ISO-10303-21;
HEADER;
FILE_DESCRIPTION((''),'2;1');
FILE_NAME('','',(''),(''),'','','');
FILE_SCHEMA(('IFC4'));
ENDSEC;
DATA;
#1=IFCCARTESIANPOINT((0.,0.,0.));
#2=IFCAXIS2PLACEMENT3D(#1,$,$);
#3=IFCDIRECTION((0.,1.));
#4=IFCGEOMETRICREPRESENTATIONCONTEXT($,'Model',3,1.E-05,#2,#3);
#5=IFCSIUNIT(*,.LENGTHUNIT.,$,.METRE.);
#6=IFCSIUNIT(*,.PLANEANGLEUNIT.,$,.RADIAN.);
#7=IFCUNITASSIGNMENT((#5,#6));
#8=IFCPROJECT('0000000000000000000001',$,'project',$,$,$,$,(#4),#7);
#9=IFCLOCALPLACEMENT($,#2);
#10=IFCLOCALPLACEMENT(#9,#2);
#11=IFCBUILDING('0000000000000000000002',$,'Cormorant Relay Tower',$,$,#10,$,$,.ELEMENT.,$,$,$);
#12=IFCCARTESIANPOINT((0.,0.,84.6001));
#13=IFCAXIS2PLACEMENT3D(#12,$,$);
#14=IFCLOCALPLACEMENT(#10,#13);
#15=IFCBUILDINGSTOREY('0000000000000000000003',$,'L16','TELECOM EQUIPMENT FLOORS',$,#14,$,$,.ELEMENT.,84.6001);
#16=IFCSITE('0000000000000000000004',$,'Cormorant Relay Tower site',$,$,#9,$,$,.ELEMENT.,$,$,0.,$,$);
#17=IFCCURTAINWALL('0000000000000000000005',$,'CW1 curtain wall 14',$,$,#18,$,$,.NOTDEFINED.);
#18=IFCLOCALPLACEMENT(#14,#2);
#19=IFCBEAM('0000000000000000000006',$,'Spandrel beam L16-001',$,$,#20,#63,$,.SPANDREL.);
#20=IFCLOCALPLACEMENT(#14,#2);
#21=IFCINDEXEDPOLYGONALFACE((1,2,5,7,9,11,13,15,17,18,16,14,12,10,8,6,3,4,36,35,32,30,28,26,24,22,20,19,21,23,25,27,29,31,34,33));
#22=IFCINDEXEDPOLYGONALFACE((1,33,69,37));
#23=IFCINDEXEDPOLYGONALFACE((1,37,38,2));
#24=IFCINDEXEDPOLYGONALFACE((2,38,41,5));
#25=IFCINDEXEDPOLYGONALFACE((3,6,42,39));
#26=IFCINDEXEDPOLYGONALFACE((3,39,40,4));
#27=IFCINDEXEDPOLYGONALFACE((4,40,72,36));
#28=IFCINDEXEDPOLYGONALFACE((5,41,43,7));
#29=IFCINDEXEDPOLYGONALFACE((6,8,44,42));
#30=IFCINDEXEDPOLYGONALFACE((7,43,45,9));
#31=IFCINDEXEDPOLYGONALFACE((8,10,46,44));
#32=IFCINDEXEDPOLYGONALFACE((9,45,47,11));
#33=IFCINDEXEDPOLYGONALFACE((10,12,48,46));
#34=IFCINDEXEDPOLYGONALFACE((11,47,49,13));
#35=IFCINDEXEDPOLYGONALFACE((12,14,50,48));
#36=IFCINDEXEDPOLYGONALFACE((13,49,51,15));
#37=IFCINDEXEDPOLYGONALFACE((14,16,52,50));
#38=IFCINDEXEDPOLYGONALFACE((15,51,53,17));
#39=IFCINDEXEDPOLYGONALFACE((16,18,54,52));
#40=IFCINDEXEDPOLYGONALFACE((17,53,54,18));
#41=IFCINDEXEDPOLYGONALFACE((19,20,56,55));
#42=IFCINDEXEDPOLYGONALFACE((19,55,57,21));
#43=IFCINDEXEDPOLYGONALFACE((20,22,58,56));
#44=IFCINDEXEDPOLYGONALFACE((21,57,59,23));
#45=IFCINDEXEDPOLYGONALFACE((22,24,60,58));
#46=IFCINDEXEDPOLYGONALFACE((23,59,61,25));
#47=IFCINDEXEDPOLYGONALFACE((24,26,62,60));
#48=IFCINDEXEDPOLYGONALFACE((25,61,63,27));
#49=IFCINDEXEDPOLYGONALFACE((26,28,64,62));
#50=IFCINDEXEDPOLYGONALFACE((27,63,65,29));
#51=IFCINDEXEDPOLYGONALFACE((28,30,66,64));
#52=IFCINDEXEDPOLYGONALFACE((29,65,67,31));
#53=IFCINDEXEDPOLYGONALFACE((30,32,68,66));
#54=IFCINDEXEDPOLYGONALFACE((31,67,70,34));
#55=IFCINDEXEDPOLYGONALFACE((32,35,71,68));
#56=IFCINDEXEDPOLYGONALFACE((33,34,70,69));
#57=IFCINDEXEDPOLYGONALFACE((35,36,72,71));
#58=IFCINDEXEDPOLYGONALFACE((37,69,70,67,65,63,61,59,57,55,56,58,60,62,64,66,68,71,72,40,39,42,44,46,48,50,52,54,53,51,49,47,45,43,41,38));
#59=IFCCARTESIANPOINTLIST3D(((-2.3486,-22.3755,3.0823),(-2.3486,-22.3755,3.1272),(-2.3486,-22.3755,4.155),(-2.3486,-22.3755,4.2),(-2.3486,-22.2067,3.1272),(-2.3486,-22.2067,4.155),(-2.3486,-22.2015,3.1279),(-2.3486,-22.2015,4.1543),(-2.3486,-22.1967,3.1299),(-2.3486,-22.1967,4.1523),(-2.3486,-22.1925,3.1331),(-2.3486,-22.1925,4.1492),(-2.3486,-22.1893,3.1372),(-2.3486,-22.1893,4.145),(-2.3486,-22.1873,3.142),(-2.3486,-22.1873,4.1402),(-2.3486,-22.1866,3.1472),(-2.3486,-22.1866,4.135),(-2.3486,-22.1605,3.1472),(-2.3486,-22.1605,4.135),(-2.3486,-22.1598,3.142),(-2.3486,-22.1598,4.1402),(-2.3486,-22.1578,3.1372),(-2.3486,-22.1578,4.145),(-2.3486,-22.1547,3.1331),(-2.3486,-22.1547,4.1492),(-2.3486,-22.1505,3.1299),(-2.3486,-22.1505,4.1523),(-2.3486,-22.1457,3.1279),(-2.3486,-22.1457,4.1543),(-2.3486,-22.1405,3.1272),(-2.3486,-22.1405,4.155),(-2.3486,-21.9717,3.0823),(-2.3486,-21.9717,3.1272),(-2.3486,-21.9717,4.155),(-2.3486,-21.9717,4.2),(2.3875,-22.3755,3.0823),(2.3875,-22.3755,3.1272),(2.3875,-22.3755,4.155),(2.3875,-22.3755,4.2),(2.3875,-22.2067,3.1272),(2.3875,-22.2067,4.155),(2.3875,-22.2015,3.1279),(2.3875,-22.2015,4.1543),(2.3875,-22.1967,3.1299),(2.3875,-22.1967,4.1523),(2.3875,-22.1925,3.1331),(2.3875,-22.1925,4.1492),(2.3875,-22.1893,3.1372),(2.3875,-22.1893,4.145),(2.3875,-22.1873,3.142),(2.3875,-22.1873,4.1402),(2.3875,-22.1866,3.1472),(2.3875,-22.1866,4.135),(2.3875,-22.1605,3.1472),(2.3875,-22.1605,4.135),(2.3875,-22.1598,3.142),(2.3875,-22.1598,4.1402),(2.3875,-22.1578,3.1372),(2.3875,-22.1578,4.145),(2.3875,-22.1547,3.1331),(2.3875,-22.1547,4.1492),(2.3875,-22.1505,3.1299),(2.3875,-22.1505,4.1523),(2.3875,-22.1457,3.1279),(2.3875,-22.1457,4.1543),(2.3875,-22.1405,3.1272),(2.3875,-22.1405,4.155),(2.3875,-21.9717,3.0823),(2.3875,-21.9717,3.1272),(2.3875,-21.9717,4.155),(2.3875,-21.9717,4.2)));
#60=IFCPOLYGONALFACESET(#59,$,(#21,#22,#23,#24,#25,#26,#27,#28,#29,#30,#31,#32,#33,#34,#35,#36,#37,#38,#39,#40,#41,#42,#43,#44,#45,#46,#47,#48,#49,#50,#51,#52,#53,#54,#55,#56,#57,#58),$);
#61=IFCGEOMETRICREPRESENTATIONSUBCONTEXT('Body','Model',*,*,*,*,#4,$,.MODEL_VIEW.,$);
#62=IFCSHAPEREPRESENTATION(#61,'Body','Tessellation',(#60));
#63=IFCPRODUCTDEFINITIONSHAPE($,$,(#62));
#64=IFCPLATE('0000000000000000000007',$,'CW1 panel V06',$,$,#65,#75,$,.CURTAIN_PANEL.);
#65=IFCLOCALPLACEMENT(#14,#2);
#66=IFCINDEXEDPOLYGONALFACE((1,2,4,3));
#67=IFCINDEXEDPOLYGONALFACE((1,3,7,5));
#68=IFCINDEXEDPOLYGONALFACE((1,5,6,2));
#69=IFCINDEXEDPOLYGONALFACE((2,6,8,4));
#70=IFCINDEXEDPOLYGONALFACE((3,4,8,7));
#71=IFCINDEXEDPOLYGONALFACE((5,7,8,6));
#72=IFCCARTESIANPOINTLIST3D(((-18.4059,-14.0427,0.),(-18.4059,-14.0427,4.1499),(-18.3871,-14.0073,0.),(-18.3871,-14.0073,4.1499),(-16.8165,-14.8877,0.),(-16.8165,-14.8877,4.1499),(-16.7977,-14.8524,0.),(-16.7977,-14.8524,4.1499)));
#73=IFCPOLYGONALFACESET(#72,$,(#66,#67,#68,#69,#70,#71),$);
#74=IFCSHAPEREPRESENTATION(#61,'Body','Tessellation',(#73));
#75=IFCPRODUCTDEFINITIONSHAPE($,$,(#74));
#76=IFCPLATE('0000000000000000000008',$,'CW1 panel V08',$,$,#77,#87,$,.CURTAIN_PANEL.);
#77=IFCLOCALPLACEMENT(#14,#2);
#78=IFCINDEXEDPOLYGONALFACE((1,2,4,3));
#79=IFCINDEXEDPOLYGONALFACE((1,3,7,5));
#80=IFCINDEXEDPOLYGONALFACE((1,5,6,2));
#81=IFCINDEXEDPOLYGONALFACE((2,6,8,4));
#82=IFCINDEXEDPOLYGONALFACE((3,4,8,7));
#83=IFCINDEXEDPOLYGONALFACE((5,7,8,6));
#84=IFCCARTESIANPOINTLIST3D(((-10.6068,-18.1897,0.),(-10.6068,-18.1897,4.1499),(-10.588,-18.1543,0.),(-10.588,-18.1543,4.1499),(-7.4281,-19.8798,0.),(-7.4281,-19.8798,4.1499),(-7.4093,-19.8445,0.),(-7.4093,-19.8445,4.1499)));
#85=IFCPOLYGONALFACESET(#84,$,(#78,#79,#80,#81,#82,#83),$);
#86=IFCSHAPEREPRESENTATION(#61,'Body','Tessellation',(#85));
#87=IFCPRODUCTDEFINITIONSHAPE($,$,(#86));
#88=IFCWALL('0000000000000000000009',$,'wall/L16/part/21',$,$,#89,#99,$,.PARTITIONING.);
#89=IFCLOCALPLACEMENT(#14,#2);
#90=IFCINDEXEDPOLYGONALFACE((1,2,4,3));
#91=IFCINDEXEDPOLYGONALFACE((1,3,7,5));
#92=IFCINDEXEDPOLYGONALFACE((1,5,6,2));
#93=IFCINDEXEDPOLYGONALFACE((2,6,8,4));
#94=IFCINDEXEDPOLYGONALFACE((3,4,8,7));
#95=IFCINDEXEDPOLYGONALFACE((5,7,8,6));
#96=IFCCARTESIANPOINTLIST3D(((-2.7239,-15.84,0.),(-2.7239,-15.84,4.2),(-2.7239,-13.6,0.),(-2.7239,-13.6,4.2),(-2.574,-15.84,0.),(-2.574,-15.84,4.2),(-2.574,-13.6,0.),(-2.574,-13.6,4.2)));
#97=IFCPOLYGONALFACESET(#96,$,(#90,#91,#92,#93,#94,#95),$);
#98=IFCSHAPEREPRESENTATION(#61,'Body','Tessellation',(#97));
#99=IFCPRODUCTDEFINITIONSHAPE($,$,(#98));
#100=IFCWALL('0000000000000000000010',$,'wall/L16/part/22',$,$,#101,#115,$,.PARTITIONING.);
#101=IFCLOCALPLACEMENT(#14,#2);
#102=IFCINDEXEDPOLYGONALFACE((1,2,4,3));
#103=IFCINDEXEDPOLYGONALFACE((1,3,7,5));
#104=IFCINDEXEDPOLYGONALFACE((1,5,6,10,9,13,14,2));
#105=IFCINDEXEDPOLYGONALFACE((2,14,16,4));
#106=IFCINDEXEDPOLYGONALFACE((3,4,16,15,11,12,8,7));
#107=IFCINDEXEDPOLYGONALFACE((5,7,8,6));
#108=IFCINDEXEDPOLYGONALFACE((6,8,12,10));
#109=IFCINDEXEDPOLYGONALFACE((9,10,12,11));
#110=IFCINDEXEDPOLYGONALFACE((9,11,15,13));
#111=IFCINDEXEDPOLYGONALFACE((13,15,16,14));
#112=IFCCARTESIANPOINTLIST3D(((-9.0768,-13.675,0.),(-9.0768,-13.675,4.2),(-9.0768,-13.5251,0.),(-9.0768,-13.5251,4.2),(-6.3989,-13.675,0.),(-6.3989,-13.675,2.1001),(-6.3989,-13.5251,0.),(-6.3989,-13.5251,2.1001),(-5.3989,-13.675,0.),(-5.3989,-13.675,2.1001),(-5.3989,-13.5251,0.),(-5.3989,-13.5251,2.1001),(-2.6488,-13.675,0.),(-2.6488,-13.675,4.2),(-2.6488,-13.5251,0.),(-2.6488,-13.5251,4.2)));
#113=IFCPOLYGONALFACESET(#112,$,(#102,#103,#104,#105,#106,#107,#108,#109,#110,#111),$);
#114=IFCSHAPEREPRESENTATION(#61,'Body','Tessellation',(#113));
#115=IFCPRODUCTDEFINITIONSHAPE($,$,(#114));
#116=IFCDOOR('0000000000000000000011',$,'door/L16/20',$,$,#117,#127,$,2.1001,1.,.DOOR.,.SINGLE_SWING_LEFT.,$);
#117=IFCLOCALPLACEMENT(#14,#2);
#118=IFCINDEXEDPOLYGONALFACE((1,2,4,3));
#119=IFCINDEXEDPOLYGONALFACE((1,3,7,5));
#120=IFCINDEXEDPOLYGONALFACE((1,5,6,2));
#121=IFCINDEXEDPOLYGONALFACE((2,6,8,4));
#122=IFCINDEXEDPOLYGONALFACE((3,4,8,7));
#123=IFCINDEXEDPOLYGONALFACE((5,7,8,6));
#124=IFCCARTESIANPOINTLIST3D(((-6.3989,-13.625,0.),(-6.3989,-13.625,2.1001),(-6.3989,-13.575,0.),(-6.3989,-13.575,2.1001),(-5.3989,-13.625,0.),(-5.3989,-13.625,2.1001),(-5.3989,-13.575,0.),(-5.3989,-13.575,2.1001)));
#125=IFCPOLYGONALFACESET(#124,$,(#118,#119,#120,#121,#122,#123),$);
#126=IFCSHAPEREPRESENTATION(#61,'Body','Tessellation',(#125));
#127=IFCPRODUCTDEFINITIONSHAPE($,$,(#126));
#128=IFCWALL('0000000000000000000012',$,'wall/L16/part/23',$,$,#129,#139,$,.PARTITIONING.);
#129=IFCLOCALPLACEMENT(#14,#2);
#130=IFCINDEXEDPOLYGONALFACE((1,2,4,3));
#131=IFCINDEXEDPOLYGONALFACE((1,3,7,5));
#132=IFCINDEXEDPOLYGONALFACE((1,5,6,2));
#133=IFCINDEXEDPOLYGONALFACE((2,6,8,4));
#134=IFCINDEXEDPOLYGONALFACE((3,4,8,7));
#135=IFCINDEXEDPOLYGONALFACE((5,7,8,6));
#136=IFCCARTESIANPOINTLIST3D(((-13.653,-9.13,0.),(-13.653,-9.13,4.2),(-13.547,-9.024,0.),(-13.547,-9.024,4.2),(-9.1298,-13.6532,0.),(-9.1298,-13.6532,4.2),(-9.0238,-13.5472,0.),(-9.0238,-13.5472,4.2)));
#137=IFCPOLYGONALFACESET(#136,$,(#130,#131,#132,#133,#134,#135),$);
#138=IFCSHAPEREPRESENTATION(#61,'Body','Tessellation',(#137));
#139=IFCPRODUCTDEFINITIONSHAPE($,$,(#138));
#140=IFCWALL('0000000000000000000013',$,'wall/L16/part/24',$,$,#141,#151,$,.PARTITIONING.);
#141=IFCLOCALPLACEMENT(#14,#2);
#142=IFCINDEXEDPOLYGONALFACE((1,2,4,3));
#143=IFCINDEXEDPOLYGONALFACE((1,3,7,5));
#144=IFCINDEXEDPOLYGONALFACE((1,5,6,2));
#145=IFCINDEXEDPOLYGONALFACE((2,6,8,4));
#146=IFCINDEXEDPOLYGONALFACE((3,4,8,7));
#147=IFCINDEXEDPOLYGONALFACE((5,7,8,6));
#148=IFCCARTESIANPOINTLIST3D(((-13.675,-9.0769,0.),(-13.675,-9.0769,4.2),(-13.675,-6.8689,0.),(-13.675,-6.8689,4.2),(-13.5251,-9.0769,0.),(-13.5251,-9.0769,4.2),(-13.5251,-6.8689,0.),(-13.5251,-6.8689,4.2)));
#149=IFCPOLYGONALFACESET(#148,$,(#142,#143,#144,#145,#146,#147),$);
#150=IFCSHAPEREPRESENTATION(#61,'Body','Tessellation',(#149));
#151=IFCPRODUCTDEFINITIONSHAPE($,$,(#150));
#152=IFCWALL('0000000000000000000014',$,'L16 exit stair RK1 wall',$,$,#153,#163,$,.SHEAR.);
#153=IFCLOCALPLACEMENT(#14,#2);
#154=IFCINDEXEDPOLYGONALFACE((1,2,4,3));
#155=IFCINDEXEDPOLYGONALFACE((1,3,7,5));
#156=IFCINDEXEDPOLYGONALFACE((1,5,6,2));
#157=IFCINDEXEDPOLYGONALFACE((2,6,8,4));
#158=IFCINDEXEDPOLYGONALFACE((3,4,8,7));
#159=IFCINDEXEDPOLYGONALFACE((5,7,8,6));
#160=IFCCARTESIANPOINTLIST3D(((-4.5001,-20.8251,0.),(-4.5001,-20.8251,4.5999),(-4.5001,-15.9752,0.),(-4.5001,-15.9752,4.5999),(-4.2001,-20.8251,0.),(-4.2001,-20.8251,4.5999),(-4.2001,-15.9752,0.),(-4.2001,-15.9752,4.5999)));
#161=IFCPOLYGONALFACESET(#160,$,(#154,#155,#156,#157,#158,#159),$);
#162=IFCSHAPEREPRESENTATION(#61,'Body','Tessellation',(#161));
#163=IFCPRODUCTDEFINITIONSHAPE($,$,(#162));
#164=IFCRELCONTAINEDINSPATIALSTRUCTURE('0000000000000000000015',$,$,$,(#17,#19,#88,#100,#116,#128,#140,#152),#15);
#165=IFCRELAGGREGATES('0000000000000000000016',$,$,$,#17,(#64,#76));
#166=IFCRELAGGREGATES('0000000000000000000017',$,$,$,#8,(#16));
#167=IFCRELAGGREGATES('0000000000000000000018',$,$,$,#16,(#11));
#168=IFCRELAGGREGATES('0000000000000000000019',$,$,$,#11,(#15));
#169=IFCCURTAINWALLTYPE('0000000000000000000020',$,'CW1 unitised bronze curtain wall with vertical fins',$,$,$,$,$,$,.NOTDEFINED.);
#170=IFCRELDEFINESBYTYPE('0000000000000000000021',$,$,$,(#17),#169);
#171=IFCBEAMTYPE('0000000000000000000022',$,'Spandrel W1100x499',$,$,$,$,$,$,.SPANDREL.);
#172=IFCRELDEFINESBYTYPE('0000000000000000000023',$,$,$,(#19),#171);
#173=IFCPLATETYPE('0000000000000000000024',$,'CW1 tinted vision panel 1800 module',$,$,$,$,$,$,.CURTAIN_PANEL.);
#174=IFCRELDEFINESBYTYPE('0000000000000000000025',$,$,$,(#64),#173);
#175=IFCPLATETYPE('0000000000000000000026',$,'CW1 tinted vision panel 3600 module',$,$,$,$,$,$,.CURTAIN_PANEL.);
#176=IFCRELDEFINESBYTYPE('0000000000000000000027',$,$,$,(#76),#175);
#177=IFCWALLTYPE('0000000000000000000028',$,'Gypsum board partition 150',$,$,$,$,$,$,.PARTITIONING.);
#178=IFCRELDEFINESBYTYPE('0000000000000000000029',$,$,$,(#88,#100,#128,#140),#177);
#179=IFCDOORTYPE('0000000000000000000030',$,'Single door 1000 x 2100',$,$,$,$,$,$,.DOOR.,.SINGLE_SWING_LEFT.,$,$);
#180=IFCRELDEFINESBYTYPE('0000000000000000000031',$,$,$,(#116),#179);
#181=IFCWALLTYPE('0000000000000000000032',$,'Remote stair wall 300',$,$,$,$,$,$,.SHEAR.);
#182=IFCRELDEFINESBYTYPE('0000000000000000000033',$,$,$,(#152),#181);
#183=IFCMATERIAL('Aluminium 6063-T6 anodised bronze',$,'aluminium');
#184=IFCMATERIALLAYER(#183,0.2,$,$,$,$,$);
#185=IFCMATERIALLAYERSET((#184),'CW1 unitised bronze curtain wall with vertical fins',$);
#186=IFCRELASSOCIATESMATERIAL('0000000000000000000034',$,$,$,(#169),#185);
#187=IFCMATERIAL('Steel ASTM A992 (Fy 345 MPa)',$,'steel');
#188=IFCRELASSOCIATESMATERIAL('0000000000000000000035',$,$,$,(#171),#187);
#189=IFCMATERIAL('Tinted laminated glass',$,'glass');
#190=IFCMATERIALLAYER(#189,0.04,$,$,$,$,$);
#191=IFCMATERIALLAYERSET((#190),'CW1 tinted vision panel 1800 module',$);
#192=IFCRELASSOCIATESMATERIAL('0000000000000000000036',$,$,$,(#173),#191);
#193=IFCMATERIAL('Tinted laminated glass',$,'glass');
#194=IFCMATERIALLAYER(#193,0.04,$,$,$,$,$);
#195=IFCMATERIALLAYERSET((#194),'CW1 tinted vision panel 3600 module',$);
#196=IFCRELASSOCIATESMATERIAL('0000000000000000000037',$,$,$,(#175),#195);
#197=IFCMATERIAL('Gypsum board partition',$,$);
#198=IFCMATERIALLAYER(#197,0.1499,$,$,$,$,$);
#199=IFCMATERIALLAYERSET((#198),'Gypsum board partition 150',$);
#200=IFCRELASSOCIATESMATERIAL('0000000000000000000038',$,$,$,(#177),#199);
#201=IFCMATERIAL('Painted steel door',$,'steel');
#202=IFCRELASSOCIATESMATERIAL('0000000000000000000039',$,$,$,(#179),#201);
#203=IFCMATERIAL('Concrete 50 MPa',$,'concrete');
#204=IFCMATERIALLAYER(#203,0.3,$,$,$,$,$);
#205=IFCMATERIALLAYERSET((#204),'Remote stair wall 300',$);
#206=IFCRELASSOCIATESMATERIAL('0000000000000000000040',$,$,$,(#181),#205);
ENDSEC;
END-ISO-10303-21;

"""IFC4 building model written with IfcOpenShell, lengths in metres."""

from ifc_helpers import new_model, si_unit, direction, frame, frame_2d, origin, origin_2d, place, context, subcontext, project, spatial, rectangle, i_section, extrude, material, layer, layer_set, material_profile, profile_set, type_object, element, fill, aggregate, save


model = new_model("IFC4")

# Units and contexts
model_context = context("Model", 3, precision=1e-05, world=origin(), true_north=direction((0.0, 1.0)))
body_context = subcontext(model_context, "Body", "Model", "MODEL_VIEW")
ifc_project = project(units=[si_unit("LENGTHUNIT", "METRE"), si_unit("PLANEANGLEUNIT", "RADIAN")], contexts=[model_context])

# Site, building, storey
site_placement = place(None, origin())
site = spatial("IfcSite", under=ifc_project, at=site_placement, Name="Cormorant Relay Tower site", CompositionType="ELEMENT", RefElevation=0.0)
building_placement = place(site_placement, origin())
building = spatial("IfcBuilding", under=site, at=building_placement, Name="Cormorant Relay Tower", CompositionType="ELEMENT")
storey_placement = place(building_placement, frame((0.0, 0.0, 84.6001)))
storey = spatial("IfcBuildingStorey", under=building, at=storey_placement, Name="L16", Description="TELECOM EQUIPMENT FLOORS", CompositionType="ELEMENT", Elevation=84.6001)

# Shared definitions
ifc_material_1 = material(Name="Aluminium 6063-T6 anodised bronze", Category="aluminium")
ifc_layer_1 = layer(ifc_material_1, 0.2)
ifc_layer_set_1 = layer_set([ifc_layer_1], Name="CW1 unitised bronze curtain wall with vertical fins")
curtain_wall_type = type_object("IfcCurtainWallType", Name="CW1 unitised bronze curtain wall with vertical fins", PredefinedType="NOTDEFINED", material=ifc_layer_set_1)

# Curtain wall
curtain_wall_1_placement = place(storey_placement, origin())
curtain_wall_1 = element("IfcCurtainWall", 1, at=curtain_wall_1_placement, inside=storey, type_object=curtain_wall_type, Name="CW1 curtain wall 14", PredefinedType="NOTDEFINED")

# Beam
ifc_material_2 = material(Name="Steel ASTM A992 (Fy 345 MPa)", Category="steel")
ifc_material_profile_1 = material_profile(ifc_material_2, i_section(OverallWidth=0.4038, OverallDepth=1.1177, WebThickness=0.0261, FlangeThickness=0.0449, FilletRadius=0.02, at=origin_2d()), Name="W1100x499")
ifc_profile_set_1 = profile_set([ifc_material_profile_1], Name="Steel ASTM A992 (Fy 345 MPa)")
beam_type = type_object("IfcBeamType", Name="Spandrel W1100x499", PredefinedType="SPANDREL", material=ifc_profile_set_1)
beam_placement = place(storey_placement, frame((-2.3486, -22.1736, 3.6411), z_axis=(1.0, 0.0, 0.0), x_axis=(0.0, 1.0, 0.0)))
element("IfcBeam", 2, at=beam_placement, inside=storey, type_object=beam_type, Name="Spandrel beam L16-001", PredefinedType="SPANDREL", context=body_context, shape_type="SweptSolid", body=[
    extrude(i_section(OverallWidth=0.4038, OverallDepth=1.1177, WebThickness=0.0261, FlangeThickness=0.0449, FilletRadius=0.02, at=origin_2d()), origin(), (0.0, 0.0, 1.0), 4.7361),
])

# Plates
ifc_material_3 = material(Name="Tinted laminated glass", Category="glass")
ifc_layer_2 = layer(ifc_material_3, 0.04)
ifc_layer_set_2 = layer_set([ifc_layer_2], Name="CW1 tinted vision panel 1800 module")
plate_type_1 = type_object("IfcPlateType", Name="CW1 tinted vision panel 1800 module", PredefinedType="CURTAIN_PANEL", material=ifc_layer_set_2)
plate_1_placement = place(storey_placement, frame((-17.6018, -14.4475, 0.0), z_axis=(0.0, 0.0, 1.0), x_axis=(0.882948, -0.469472, 0.0)))
plate_1 = element("IfcPlate", 3, at=plate_1_placement, type_object=plate_type_1, Name="CW1 panel V06", PredefinedType="CURTAIN_PANEL", context=body_context, shape_type="SweptSolid", body=[
    extrude(rectangle(XDim=1.8, YDim=0.04, at=origin_2d()), origin(), (0.0, 0.0, 1.0), 4.1499),
])
ifc_material_4 = material(Name="Tinted laminated glass", Category="glass")
ifc_layer_3 = layer(ifc_material_4, 0.04)
ifc_layer_set_3 = layer_set([ifc_layer_3], Name="CW1 tinted vision panel 3600 module")
plate_type_2 = type_object("IfcPlateType", Name="CW1 tinted vision panel 3600 module", PredefinedType="CURTAIN_PANEL", material=ifc_layer_set_3)
plate_2_placement = place(storey_placement, frame((-9.0081, -19.0171, 0.0), z_axis=(0.0, 0.0, 1.0), x_axis=(0.882948, -0.469472, 0.0)))
plate_2 = element("IfcPlate", 4, at=plate_2_placement, type_object=plate_type_2, Name="CW1 panel V08", PredefinedType="CURTAIN_PANEL", context=body_context, shape_type="SweptSolid", body=[
    extrude(rectangle(XDim=3.6001, YDim=0.04, at=origin_2d()), origin(), (0.0, 0.0, 1.0), 4.1499),
])

# Wall
ifc_material_5 = material(Name="Gypsum board partition")
ifc_layer_4 = layer(ifc_material_5, 0.1499)
ifc_layer_set_4 = layer_set([ifc_layer_4], Name="Gypsum board partition 150")
wall_type_1 = type_object("IfcWallType", Name="Gypsum board partition 150", PredefinedType="PARTITIONING", material=ifc_layer_set_4)
wall_1_placement = place(storey_placement, frame((-2.6489, -15.8401, 0.0), z_axis=(0.0, 0.0, 1.0), x_axis=(0.0, 1.0, 0.0)))
element("IfcWall", 5, at=wall_1_placement, inside=storey, type_object=wall_type_1, Name="wall/L16/part/21", PredefinedType="PARTITIONING", context=body_context, shape_type="SweptSolid", body=[
    extrude(rectangle(XDim=2.24, YDim=0.1499, at=frame_2d((1.1201, 0.0))), origin(), (0.0, 0.0, 1.0), 4.2),
])

# Wall, opening, door
wall_2_placement = place(storey_placement, frame((-2.6489, -13.6001, 0.0), z_axis=(0.0, 0.0, 1.0), x_axis=(-1.0, 0.0, 0.0)))
wall_2 = element("IfcWall", 6, at=wall_2_placement, inside=storey, type_object=wall_type_1, Name="wall/L16/part/22", PredefinedType="PARTITIONING", context=body_context, shape_type="SweptSolid", body=[
    extrude(rectangle(XDim=6.428, YDim=0.1499, at=frame_2d((3.2139, 0.0))), origin(), (0.0, 0.0, 1.0), 4.2),
])
opening_1_placement = place(wall_2_placement, frame((2.75, 0.0, 0.0)))
opening_1 = element("IfcOpeningElement", 7, at=opening_1_placement, cuts=wall_2, PredefinedType="OPENING", context=body_context, shape_type="SweptSolid", body=[
    extrude(rectangle(XDim=1.0, YDim=2.1001, at=frame_2d((0.5, 1.05))), frame((0.0, 0.085, 0.0), z_axis=(0.0, -1.0, 0.0), x_axis=(1.0, 0.0, 0.0)), (0.0, 0.0, 1.0), 0.1699),
])
ifc_material_6 = material(Name="Painted steel door", Category="steel")
door_type_1 = type_object("IfcDoorType", Name="Single door 1000 x 2100", OperationType="SINGLE_SWING_LEFT", PredefinedType="DOOR", material=ifc_material_6)
door_1_placement = place(opening_1_placement, origin())
door_1 = element("IfcDoor", 8, at=door_1_placement, inside=storey, type_object=door_type_1, Name="door/L16/20", OperationType="SINGLE_SWING_LEFT", OverallHeight=2.1001, OverallWidth=1.0, PredefinedType="DOOR", context=body_context, shape_type="SweptSolid", body=[
    extrude(rectangle(XDim=1.0, YDim=2.1001, at=frame_2d((0.5, 1.05))), frame((0.0, 0.0249, 0.0), z_axis=(0.0, -1.0, 0.0), x_axis=(1.0, 0.0, 0.0)), (0.0, 0.0, 1.0), 0.05),
])
fill(opening_1, door_1)

# Walls
wall_3_placement = place(storey_placement, frame((-9.0769, -13.6001, 0.0), z_axis=(0.0, 0.0, 1.0), x_axis=(-0.707107, 0.707107, 0.0)))
element("IfcWall", 9, at=wall_3_placement, inside=storey, type_object=wall_type_1, Name="wall/L16/part/23", PredefinedType="PARTITIONING", context=body_context, shape_type="SweptSolid", body=[
    extrude(rectangle(XDim=6.3967, YDim=0.1499, at=frame_2d((3.1982, 0.0))), origin(), (0.0, 0.0, 1.0), 4.2),
])
wall_4_placement = place(storey_placement, frame((-13.6001, -9.0769, 0.0), z_axis=(0.0, 0.0, 1.0), x_axis=(0.0, 1.0, 0.0)))
element("IfcWall", 10, at=wall_4_placement, inside=storey, type_object=wall_type_1, Name="wall/L16/part/24", PredefinedType="PARTITIONING", context=body_context, shape_type="SweptSolid", body=[
    extrude(rectangle(XDim=2.208, YDim=0.1499, at=frame_2d((1.104, 0.0))), origin(), (0.0, 0.0, 1.0), 4.2),
])
ifc_material_7 = material(Name="Concrete 50 MPa", Category="concrete")
ifc_layer_5 = layer(ifc_material_7, 0.3)
ifc_layer_set_5 = layer_set([ifc_layer_5], Name="Remote stair wall 300")
wall_type_2 = type_object("IfcWallType", Name="Remote stair wall 300", PredefinedType="SHEAR", material=ifc_layer_set_5)
wall_5_placement = place(storey_placement, frame((-4.3501, -20.825, 0.0), z_axis=(0.0, 0.0, 1.0), x_axis=(0.0, 1.0, 0.0)))
element("IfcWall", 11, at=wall_5_placement, inside=storey, type_object=wall_type_2, Name="L16 exit stair RK1 wall", PredefinedType="SHEAR", context=body_context, shape_type="SweptSolid", body=[
    extrude(rectangle(XDim=4.8499, YDim=0.3, at=frame_2d((2.4248, 0.0))), origin(), (0.0, 0.0, 1.0), 4.5999),
])

aggregate(curtain_wall_1, [plate_1, plate_2])

save(model, "model.ifc")
